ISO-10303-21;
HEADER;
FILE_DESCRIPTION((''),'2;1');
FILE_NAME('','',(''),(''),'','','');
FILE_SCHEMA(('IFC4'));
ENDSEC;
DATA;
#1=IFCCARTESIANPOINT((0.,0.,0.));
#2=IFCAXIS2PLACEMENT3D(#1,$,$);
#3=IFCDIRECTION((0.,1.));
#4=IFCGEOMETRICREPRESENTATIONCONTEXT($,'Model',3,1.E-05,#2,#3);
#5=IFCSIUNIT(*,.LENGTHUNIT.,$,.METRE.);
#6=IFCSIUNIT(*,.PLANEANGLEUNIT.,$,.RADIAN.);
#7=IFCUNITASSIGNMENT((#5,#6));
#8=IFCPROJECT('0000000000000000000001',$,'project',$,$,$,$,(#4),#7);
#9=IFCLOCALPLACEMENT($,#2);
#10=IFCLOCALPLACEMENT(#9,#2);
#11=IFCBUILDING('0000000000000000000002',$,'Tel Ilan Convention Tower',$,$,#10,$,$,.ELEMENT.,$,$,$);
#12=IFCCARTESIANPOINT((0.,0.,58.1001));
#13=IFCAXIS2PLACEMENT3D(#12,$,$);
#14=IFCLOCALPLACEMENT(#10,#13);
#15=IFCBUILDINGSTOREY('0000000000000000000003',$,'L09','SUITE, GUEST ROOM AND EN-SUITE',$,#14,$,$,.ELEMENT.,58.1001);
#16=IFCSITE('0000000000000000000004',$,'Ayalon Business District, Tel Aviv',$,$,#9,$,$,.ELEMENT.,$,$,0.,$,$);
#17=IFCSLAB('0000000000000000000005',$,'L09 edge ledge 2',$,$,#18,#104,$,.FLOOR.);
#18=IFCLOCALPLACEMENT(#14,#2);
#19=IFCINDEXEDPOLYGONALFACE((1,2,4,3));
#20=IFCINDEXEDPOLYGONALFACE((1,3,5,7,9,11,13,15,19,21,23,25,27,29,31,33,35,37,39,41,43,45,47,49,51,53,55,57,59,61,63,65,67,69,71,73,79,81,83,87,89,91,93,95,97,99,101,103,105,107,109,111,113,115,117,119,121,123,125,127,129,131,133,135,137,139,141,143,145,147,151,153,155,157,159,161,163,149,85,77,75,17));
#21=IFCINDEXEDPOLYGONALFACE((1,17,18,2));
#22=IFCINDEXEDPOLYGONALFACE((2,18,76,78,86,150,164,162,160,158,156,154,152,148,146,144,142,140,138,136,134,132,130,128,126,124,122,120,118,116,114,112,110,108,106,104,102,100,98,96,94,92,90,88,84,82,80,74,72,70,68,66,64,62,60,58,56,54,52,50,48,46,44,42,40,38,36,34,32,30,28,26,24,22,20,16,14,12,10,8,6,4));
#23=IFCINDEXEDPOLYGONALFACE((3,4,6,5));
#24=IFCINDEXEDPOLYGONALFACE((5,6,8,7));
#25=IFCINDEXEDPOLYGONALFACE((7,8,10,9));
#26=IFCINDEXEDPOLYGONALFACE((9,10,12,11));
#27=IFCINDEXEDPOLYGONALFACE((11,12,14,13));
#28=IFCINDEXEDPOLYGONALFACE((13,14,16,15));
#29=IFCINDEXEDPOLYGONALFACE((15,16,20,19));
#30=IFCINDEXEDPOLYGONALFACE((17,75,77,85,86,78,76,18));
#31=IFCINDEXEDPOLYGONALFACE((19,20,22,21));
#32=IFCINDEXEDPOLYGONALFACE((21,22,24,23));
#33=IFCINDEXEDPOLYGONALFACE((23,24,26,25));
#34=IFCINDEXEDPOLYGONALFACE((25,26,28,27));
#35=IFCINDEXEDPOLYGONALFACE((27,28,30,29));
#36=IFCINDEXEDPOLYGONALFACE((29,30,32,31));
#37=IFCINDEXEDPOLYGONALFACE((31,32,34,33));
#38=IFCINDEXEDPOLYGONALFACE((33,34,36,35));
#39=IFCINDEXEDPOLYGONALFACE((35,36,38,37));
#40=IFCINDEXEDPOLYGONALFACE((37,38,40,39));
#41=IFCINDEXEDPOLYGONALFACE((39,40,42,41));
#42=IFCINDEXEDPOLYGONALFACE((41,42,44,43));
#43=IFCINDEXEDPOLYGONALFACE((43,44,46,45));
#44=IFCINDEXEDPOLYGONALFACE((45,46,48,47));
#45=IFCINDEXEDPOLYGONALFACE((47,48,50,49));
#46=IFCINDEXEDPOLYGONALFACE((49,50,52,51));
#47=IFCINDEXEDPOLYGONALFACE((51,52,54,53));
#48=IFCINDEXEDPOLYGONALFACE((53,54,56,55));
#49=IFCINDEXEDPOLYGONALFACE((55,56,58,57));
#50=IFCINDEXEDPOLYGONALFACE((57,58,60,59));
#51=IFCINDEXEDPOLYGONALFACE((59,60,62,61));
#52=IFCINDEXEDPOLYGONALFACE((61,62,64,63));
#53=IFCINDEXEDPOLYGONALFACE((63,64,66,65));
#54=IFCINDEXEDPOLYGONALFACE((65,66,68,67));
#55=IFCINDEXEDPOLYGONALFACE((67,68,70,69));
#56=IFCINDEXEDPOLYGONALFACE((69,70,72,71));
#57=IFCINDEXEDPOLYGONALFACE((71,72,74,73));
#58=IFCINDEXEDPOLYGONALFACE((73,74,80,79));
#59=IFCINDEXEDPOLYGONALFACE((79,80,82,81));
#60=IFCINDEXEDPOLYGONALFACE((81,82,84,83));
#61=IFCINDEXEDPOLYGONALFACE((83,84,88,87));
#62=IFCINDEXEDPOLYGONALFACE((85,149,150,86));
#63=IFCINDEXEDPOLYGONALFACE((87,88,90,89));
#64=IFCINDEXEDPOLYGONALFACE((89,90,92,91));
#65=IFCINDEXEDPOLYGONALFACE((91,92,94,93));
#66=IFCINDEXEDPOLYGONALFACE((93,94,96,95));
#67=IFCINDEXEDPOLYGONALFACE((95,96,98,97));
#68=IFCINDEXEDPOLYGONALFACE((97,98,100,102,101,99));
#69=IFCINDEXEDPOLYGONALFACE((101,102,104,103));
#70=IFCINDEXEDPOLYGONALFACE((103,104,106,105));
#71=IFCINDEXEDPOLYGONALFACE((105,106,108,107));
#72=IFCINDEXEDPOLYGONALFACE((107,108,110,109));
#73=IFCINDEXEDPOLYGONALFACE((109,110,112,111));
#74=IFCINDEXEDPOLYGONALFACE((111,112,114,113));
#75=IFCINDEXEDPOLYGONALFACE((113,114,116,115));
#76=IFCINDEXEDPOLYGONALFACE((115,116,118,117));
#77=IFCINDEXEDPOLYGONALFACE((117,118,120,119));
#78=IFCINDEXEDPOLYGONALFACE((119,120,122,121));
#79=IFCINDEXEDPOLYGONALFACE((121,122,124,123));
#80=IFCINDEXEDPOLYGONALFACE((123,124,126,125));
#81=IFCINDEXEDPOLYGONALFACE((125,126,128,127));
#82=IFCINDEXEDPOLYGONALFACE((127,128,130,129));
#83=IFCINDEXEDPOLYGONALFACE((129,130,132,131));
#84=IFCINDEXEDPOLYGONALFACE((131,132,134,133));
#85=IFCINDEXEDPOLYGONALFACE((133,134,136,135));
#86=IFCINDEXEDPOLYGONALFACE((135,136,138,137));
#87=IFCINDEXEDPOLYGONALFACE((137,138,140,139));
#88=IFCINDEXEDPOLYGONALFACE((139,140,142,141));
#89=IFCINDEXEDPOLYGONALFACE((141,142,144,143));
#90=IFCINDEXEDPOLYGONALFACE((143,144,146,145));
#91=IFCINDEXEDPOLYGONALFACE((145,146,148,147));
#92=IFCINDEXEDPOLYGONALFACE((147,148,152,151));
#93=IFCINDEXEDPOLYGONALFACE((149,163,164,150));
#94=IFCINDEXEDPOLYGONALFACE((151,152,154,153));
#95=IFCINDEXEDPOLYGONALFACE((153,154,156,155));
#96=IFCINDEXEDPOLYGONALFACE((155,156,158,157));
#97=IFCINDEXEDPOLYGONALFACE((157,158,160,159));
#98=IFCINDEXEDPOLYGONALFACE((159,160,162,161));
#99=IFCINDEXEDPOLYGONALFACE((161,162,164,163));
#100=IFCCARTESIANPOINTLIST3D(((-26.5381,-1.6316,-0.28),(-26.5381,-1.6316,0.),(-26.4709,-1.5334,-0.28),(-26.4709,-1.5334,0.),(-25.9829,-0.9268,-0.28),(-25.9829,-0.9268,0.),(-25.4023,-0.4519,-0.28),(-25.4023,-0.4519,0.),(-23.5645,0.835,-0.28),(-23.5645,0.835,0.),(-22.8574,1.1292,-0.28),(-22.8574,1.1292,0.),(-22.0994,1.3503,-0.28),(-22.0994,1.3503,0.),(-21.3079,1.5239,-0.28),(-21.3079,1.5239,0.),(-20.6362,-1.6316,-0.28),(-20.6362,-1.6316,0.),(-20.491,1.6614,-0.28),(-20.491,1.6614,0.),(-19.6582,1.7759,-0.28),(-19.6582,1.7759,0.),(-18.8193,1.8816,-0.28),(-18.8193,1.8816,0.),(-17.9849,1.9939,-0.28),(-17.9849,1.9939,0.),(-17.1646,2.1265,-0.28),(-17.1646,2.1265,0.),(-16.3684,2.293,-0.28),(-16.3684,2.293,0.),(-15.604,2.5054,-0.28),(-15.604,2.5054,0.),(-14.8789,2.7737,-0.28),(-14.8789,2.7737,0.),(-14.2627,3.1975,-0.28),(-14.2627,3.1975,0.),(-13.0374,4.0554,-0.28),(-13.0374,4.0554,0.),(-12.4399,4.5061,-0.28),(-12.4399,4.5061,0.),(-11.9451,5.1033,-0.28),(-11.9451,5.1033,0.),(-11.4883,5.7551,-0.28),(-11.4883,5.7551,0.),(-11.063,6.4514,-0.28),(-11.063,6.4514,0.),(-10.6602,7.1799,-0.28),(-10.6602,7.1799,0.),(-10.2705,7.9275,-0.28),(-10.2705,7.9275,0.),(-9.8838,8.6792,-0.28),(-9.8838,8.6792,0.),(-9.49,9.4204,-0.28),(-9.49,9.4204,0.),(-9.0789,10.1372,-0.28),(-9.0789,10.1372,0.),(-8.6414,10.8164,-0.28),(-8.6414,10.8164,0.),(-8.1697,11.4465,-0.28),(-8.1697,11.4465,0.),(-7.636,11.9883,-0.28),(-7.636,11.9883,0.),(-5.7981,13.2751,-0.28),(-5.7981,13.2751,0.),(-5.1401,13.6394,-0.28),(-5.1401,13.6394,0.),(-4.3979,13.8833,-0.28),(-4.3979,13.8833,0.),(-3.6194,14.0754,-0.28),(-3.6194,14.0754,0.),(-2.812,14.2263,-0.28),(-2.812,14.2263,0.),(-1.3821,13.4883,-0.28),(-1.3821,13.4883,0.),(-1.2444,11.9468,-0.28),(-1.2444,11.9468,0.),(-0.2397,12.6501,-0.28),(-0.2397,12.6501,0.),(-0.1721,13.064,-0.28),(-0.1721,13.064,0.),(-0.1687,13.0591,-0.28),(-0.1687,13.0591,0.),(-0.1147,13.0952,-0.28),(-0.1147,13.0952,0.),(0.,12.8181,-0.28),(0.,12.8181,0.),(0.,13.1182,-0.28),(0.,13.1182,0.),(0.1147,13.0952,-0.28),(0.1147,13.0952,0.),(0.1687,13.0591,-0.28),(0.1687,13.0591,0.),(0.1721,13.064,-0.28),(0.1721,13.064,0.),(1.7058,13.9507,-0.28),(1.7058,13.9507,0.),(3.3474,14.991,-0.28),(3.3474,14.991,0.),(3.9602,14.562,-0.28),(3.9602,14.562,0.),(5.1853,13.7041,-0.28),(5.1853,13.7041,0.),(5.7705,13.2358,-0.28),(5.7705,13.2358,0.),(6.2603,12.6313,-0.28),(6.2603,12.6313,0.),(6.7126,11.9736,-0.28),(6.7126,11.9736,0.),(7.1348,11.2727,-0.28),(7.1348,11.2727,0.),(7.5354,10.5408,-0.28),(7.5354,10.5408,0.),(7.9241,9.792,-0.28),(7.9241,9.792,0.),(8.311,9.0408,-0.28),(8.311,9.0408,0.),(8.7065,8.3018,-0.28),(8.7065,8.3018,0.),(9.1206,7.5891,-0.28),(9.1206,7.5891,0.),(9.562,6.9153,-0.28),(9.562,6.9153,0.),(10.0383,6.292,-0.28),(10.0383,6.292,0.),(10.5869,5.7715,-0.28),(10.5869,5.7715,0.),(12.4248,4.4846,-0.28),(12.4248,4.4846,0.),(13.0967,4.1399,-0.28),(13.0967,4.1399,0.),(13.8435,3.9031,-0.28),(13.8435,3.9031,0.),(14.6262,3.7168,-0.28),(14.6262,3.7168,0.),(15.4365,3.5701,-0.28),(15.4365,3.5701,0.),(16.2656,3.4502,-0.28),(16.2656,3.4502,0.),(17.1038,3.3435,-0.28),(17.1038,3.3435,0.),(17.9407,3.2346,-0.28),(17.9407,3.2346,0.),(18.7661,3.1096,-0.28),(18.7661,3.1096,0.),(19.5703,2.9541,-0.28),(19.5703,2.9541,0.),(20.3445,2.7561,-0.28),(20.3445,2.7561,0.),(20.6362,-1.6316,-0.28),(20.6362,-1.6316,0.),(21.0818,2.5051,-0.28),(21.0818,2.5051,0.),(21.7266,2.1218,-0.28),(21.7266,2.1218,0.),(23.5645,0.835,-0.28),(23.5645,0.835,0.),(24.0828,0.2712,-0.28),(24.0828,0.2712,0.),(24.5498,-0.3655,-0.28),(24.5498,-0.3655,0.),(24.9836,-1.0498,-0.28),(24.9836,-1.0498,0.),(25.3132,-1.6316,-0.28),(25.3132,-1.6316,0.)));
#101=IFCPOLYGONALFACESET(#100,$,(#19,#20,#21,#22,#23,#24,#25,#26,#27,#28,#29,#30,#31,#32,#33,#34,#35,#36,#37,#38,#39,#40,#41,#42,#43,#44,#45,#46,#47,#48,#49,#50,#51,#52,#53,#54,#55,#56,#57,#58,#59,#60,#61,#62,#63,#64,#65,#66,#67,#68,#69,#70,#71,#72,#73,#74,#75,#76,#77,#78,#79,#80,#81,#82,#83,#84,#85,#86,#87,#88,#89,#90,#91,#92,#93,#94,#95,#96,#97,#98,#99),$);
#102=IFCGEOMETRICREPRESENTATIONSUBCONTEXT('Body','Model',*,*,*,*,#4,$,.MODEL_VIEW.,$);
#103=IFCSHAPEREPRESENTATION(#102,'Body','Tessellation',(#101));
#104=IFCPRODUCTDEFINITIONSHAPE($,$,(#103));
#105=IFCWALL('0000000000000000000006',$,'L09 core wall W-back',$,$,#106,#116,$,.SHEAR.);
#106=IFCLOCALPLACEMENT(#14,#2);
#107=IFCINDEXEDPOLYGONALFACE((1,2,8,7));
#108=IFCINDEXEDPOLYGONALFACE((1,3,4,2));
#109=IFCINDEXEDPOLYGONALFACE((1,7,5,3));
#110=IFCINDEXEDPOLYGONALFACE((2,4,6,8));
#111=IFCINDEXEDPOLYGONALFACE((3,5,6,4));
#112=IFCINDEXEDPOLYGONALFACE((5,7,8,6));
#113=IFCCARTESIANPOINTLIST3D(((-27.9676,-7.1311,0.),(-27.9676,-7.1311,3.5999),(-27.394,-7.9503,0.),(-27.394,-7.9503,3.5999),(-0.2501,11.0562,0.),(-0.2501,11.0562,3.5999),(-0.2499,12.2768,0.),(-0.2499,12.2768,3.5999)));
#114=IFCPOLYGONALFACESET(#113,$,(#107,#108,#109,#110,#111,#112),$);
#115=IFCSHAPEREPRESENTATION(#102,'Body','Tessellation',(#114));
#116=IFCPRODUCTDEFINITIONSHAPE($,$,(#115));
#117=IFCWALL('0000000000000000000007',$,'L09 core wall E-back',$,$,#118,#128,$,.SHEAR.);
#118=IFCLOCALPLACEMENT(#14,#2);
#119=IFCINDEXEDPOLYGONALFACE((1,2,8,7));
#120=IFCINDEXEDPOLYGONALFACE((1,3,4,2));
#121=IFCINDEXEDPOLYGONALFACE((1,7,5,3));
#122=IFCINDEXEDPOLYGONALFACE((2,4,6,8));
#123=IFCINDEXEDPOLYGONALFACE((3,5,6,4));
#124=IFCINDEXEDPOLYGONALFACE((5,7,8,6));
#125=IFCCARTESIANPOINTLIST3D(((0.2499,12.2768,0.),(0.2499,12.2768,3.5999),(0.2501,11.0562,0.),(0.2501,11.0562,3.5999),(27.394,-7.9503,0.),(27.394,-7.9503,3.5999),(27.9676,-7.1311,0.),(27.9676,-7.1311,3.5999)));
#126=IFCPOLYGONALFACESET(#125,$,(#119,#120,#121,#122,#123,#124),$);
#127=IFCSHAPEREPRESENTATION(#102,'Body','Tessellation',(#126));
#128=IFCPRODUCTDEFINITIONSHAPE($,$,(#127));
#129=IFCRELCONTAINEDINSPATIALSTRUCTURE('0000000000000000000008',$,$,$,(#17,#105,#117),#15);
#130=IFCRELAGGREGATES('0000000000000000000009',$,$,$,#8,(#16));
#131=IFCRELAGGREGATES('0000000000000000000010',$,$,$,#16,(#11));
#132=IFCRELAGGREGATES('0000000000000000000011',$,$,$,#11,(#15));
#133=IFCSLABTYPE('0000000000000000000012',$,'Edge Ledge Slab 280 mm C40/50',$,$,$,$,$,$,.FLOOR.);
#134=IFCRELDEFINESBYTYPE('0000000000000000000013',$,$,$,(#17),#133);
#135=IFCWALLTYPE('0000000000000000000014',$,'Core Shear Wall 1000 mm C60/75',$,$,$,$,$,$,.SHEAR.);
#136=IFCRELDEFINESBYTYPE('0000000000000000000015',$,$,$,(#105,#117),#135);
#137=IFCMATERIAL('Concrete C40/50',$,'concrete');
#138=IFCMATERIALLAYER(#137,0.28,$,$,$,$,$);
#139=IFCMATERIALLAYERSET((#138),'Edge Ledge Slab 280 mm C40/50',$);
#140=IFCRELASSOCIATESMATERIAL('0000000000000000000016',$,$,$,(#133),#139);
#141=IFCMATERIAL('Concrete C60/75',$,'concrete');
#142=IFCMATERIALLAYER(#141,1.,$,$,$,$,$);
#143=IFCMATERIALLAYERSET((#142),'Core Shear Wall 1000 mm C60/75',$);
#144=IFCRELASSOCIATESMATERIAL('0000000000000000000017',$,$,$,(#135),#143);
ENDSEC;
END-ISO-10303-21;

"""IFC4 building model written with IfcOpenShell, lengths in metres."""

from ifc_helpers import new_model, si_unit, direction, frame, origin, place, context, subcontext, project, spatial, polyline, outline, extrude, material, layer, layer_set, type_object, element, save


model = new_model("IFC4")

# Units and contexts
model_context = context("Model", 3, precision=1e-05, world=origin(), true_north=direction((0.0, 1.0)))
body_context = subcontext(model_context, "Body", "Model", "MODEL_VIEW")
ifc_project = project(units=[si_unit("LENGTHUNIT", "METRE"), si_unit("PLANEANGLEUNIT", "RADIAN")], contexts=[model_context])

# Site, building, storey
site_placement = place(None, origin())
site = spatial("IfcSite", under=ifc_project, at=site_placement, Name="Ayalon Business District, Tel Aviv", CompositionType="ELEMENT", RefElevation=0.0)
building_placement = place(site_placement, origin())
building = spatial("IfcBuilding", under=site, at=building_placement, Name="Tel Ilan Convention Tower", CompositionType="ELEMENT")
storey_placement = place(building_placement, frame((0.0, 0.0, 58.1001)))
storey = spatial("IfcBuildingStorey", under=building, at=storey_placement, Name="L09", Description="SUITE, GUEST ROOM AND EN-SUITE", CompositionType="ELEMENT", Elevation=58.1001)

# Slab
ifc_material_1 = material(Name="Concrete C40/50", Category="concrete")
ifc_layer_1 = layer(ifc_material_1, 0.28)
ifc_layer_set_1 = layer_set([ifc_layer_1], Name="Edge Ledge Slab 280 mm C40/50")
slab_type_1 = type_object("IfcSlabType", Name="Edge Ledge Slab 280 mm C40/50", PredefinedType="FLOOR", material=ifc_layer_set_1)
slab_1_placement = place(storey_placement, frame((0.0, 0.0, -0.28)))
element("IfcSlab", 1, at=slab_1_placement, inside=storey, type_object=slab_type_1, Name="L09 edge ledge 2", PredefinedType="FLOOR", context=body_context, shape_type="SweptSolid", body=[
    extrude(outline(polyline([(-23.5645, 0.835), (-22.8574, 1.1292), (-22.0994, 1.3503), (-21.3079, 1.5239), (-20.491, 1.6614), (-19.6582, 1.7759), (-18.8193, 1.8816), (-17.9849, 1.9939), (-17.1646, 2.1265), (-16.3684, 2.293), (-15.604, 2.5054), (-14.8789, 2.7737), (-14.2627, 3.1975), (-13.0374, 4.0554), (-12.4399, 4.5061), (-11.9451, 5.1033), (-11.4883, 5.7551), (-11.063, 6.4514), (-10.6602, 7.1799), (-10.2705, 7.9275), (-9.8838, 8.6792), (-9.49, 9.4204), (-9.0789, 10.1372), (-8.6414, 10.8164), (-8.1697, 11.4465), (-7.636, 11.9883), (-5.7981, 13.2751), (-5.1401, 13.6394), (-4.3979, 13.8833), (-3.6194, 14.0754), (-2.812, 14.2263), (-1.3821, 13.4883), (-0.1721, 13.064), (-0.1687, 13.0591), (-0.1147, 13.0952), (0.0, 13.1182), (0.1147, 13.0952), (0.1687, 13.0591), (0.1721, 13.064), (1.7058, 13.9507), (3.3474, 14.991), (3.9602, 14.562), (5.1853, 13.7041), (5.7705, 13.2358), (6.2603, 12.6313), (6.7126, 11.9736), (7.1348, 11.2727), (7.5354, 10.5408), (7.9241, 9.792), (8.311, 9.0408), (8.7065, 8.3018), (9.1206, 7.5891), (9.562, 6.9153), (10.0383, 6.292), (10.5869, 5.7715), (12.4248, 4.4846), (13.0967, 4.1399), (13.8435, 3.9031), (14.6262, 3.7168), (15.4365, 3.5701), (16.2656, 3.4502), (17.1038, 3.3435), (17.9407, 3.2346), (18.7661, 3.1096), (19.5703, 2.9541), (20.3445, 2.7561), (21.0818, 2.5051), (21.7266, 2.1218), (23.5645, 0.835), (24.0828, 0.2712), (24.5498, -0.3655), (24.9836, -1.0498), (25.3132, -1.6316), (20.6362, -1.6316), (0.0, 12.8181), (-0.2397, 12.6501), (-1.2444, 11.9468), (-20.6362, -1.6316), (-26.5381, -1.6316), (-26.4709, -1.5334), (-25.9829, -0.9268), (-25.4023, -0.4519), (-23.5645, 0.835)])), origin(), (0.0, 0.0, 1.0), 0.28),
])

# Walls
ifc_material_2 = material(Name="Concrete C60/75", Category="concrete")
ifc_layer_2 = layer(ifc_material_2, 1.0)
ifc_layer_set_2 = layer_set([ifc_layer_2], Name="Core Shear Wall 1000 mm C60/75")
wall_type_1 = type_object("IfcWallType", Name="Core Shear Wall 1000 mm C60/75", PredefinedType="SHEAR", material=ifc_layer_set_2)
wall_1_placement = place(storey_placement, frame((0.0369, 11.8672, 0.0), z_axis=(0.0, 0.0, 1.0), x_axis=(-0.819155, -0.573572, 0.0)))
element("IfcWall", 2, at=wall_1_placement, inside=storey, type_object=wall_type_1, Name="L09 core wall W-back", PredefinedType="SHEAR", context=body_context, shape_type="SweptSolid", body=[
    extrude(outline(polyline([(33.8369, 0.5), (0.7002, 0.4998), (0.0, -0.5), (33.8369, -0.5), (33.8369, 0.5)])), origin(), (0.0, 0.0, 1.0), 3.5999),
])
wall_2_placement = place(storey_placement, frame((-0.0369, 11.8672, 0.0), z_axis=(0.0, 0.0, 1.0), x_axis=(0.819155, -0.573572, 0.0)))
element("IfcWall", 3, at=wall_2_placement, inside=storey, type_object=wall_type_1, Name="L09 core wall E-back", PredefinedType="SHEAR", context=body_context, shape_type="SweptSolid", body=[
    extrude(outline(polyline([(33.8369, 0.5), (0.0, 0.5), (0.7002, -0.4998), (33.8369, -0.5), (33.8369, 0.5)])), origin(), (0.0, 0.0, 1.0), 3.5999),
])

save(model, "model.ifc")
